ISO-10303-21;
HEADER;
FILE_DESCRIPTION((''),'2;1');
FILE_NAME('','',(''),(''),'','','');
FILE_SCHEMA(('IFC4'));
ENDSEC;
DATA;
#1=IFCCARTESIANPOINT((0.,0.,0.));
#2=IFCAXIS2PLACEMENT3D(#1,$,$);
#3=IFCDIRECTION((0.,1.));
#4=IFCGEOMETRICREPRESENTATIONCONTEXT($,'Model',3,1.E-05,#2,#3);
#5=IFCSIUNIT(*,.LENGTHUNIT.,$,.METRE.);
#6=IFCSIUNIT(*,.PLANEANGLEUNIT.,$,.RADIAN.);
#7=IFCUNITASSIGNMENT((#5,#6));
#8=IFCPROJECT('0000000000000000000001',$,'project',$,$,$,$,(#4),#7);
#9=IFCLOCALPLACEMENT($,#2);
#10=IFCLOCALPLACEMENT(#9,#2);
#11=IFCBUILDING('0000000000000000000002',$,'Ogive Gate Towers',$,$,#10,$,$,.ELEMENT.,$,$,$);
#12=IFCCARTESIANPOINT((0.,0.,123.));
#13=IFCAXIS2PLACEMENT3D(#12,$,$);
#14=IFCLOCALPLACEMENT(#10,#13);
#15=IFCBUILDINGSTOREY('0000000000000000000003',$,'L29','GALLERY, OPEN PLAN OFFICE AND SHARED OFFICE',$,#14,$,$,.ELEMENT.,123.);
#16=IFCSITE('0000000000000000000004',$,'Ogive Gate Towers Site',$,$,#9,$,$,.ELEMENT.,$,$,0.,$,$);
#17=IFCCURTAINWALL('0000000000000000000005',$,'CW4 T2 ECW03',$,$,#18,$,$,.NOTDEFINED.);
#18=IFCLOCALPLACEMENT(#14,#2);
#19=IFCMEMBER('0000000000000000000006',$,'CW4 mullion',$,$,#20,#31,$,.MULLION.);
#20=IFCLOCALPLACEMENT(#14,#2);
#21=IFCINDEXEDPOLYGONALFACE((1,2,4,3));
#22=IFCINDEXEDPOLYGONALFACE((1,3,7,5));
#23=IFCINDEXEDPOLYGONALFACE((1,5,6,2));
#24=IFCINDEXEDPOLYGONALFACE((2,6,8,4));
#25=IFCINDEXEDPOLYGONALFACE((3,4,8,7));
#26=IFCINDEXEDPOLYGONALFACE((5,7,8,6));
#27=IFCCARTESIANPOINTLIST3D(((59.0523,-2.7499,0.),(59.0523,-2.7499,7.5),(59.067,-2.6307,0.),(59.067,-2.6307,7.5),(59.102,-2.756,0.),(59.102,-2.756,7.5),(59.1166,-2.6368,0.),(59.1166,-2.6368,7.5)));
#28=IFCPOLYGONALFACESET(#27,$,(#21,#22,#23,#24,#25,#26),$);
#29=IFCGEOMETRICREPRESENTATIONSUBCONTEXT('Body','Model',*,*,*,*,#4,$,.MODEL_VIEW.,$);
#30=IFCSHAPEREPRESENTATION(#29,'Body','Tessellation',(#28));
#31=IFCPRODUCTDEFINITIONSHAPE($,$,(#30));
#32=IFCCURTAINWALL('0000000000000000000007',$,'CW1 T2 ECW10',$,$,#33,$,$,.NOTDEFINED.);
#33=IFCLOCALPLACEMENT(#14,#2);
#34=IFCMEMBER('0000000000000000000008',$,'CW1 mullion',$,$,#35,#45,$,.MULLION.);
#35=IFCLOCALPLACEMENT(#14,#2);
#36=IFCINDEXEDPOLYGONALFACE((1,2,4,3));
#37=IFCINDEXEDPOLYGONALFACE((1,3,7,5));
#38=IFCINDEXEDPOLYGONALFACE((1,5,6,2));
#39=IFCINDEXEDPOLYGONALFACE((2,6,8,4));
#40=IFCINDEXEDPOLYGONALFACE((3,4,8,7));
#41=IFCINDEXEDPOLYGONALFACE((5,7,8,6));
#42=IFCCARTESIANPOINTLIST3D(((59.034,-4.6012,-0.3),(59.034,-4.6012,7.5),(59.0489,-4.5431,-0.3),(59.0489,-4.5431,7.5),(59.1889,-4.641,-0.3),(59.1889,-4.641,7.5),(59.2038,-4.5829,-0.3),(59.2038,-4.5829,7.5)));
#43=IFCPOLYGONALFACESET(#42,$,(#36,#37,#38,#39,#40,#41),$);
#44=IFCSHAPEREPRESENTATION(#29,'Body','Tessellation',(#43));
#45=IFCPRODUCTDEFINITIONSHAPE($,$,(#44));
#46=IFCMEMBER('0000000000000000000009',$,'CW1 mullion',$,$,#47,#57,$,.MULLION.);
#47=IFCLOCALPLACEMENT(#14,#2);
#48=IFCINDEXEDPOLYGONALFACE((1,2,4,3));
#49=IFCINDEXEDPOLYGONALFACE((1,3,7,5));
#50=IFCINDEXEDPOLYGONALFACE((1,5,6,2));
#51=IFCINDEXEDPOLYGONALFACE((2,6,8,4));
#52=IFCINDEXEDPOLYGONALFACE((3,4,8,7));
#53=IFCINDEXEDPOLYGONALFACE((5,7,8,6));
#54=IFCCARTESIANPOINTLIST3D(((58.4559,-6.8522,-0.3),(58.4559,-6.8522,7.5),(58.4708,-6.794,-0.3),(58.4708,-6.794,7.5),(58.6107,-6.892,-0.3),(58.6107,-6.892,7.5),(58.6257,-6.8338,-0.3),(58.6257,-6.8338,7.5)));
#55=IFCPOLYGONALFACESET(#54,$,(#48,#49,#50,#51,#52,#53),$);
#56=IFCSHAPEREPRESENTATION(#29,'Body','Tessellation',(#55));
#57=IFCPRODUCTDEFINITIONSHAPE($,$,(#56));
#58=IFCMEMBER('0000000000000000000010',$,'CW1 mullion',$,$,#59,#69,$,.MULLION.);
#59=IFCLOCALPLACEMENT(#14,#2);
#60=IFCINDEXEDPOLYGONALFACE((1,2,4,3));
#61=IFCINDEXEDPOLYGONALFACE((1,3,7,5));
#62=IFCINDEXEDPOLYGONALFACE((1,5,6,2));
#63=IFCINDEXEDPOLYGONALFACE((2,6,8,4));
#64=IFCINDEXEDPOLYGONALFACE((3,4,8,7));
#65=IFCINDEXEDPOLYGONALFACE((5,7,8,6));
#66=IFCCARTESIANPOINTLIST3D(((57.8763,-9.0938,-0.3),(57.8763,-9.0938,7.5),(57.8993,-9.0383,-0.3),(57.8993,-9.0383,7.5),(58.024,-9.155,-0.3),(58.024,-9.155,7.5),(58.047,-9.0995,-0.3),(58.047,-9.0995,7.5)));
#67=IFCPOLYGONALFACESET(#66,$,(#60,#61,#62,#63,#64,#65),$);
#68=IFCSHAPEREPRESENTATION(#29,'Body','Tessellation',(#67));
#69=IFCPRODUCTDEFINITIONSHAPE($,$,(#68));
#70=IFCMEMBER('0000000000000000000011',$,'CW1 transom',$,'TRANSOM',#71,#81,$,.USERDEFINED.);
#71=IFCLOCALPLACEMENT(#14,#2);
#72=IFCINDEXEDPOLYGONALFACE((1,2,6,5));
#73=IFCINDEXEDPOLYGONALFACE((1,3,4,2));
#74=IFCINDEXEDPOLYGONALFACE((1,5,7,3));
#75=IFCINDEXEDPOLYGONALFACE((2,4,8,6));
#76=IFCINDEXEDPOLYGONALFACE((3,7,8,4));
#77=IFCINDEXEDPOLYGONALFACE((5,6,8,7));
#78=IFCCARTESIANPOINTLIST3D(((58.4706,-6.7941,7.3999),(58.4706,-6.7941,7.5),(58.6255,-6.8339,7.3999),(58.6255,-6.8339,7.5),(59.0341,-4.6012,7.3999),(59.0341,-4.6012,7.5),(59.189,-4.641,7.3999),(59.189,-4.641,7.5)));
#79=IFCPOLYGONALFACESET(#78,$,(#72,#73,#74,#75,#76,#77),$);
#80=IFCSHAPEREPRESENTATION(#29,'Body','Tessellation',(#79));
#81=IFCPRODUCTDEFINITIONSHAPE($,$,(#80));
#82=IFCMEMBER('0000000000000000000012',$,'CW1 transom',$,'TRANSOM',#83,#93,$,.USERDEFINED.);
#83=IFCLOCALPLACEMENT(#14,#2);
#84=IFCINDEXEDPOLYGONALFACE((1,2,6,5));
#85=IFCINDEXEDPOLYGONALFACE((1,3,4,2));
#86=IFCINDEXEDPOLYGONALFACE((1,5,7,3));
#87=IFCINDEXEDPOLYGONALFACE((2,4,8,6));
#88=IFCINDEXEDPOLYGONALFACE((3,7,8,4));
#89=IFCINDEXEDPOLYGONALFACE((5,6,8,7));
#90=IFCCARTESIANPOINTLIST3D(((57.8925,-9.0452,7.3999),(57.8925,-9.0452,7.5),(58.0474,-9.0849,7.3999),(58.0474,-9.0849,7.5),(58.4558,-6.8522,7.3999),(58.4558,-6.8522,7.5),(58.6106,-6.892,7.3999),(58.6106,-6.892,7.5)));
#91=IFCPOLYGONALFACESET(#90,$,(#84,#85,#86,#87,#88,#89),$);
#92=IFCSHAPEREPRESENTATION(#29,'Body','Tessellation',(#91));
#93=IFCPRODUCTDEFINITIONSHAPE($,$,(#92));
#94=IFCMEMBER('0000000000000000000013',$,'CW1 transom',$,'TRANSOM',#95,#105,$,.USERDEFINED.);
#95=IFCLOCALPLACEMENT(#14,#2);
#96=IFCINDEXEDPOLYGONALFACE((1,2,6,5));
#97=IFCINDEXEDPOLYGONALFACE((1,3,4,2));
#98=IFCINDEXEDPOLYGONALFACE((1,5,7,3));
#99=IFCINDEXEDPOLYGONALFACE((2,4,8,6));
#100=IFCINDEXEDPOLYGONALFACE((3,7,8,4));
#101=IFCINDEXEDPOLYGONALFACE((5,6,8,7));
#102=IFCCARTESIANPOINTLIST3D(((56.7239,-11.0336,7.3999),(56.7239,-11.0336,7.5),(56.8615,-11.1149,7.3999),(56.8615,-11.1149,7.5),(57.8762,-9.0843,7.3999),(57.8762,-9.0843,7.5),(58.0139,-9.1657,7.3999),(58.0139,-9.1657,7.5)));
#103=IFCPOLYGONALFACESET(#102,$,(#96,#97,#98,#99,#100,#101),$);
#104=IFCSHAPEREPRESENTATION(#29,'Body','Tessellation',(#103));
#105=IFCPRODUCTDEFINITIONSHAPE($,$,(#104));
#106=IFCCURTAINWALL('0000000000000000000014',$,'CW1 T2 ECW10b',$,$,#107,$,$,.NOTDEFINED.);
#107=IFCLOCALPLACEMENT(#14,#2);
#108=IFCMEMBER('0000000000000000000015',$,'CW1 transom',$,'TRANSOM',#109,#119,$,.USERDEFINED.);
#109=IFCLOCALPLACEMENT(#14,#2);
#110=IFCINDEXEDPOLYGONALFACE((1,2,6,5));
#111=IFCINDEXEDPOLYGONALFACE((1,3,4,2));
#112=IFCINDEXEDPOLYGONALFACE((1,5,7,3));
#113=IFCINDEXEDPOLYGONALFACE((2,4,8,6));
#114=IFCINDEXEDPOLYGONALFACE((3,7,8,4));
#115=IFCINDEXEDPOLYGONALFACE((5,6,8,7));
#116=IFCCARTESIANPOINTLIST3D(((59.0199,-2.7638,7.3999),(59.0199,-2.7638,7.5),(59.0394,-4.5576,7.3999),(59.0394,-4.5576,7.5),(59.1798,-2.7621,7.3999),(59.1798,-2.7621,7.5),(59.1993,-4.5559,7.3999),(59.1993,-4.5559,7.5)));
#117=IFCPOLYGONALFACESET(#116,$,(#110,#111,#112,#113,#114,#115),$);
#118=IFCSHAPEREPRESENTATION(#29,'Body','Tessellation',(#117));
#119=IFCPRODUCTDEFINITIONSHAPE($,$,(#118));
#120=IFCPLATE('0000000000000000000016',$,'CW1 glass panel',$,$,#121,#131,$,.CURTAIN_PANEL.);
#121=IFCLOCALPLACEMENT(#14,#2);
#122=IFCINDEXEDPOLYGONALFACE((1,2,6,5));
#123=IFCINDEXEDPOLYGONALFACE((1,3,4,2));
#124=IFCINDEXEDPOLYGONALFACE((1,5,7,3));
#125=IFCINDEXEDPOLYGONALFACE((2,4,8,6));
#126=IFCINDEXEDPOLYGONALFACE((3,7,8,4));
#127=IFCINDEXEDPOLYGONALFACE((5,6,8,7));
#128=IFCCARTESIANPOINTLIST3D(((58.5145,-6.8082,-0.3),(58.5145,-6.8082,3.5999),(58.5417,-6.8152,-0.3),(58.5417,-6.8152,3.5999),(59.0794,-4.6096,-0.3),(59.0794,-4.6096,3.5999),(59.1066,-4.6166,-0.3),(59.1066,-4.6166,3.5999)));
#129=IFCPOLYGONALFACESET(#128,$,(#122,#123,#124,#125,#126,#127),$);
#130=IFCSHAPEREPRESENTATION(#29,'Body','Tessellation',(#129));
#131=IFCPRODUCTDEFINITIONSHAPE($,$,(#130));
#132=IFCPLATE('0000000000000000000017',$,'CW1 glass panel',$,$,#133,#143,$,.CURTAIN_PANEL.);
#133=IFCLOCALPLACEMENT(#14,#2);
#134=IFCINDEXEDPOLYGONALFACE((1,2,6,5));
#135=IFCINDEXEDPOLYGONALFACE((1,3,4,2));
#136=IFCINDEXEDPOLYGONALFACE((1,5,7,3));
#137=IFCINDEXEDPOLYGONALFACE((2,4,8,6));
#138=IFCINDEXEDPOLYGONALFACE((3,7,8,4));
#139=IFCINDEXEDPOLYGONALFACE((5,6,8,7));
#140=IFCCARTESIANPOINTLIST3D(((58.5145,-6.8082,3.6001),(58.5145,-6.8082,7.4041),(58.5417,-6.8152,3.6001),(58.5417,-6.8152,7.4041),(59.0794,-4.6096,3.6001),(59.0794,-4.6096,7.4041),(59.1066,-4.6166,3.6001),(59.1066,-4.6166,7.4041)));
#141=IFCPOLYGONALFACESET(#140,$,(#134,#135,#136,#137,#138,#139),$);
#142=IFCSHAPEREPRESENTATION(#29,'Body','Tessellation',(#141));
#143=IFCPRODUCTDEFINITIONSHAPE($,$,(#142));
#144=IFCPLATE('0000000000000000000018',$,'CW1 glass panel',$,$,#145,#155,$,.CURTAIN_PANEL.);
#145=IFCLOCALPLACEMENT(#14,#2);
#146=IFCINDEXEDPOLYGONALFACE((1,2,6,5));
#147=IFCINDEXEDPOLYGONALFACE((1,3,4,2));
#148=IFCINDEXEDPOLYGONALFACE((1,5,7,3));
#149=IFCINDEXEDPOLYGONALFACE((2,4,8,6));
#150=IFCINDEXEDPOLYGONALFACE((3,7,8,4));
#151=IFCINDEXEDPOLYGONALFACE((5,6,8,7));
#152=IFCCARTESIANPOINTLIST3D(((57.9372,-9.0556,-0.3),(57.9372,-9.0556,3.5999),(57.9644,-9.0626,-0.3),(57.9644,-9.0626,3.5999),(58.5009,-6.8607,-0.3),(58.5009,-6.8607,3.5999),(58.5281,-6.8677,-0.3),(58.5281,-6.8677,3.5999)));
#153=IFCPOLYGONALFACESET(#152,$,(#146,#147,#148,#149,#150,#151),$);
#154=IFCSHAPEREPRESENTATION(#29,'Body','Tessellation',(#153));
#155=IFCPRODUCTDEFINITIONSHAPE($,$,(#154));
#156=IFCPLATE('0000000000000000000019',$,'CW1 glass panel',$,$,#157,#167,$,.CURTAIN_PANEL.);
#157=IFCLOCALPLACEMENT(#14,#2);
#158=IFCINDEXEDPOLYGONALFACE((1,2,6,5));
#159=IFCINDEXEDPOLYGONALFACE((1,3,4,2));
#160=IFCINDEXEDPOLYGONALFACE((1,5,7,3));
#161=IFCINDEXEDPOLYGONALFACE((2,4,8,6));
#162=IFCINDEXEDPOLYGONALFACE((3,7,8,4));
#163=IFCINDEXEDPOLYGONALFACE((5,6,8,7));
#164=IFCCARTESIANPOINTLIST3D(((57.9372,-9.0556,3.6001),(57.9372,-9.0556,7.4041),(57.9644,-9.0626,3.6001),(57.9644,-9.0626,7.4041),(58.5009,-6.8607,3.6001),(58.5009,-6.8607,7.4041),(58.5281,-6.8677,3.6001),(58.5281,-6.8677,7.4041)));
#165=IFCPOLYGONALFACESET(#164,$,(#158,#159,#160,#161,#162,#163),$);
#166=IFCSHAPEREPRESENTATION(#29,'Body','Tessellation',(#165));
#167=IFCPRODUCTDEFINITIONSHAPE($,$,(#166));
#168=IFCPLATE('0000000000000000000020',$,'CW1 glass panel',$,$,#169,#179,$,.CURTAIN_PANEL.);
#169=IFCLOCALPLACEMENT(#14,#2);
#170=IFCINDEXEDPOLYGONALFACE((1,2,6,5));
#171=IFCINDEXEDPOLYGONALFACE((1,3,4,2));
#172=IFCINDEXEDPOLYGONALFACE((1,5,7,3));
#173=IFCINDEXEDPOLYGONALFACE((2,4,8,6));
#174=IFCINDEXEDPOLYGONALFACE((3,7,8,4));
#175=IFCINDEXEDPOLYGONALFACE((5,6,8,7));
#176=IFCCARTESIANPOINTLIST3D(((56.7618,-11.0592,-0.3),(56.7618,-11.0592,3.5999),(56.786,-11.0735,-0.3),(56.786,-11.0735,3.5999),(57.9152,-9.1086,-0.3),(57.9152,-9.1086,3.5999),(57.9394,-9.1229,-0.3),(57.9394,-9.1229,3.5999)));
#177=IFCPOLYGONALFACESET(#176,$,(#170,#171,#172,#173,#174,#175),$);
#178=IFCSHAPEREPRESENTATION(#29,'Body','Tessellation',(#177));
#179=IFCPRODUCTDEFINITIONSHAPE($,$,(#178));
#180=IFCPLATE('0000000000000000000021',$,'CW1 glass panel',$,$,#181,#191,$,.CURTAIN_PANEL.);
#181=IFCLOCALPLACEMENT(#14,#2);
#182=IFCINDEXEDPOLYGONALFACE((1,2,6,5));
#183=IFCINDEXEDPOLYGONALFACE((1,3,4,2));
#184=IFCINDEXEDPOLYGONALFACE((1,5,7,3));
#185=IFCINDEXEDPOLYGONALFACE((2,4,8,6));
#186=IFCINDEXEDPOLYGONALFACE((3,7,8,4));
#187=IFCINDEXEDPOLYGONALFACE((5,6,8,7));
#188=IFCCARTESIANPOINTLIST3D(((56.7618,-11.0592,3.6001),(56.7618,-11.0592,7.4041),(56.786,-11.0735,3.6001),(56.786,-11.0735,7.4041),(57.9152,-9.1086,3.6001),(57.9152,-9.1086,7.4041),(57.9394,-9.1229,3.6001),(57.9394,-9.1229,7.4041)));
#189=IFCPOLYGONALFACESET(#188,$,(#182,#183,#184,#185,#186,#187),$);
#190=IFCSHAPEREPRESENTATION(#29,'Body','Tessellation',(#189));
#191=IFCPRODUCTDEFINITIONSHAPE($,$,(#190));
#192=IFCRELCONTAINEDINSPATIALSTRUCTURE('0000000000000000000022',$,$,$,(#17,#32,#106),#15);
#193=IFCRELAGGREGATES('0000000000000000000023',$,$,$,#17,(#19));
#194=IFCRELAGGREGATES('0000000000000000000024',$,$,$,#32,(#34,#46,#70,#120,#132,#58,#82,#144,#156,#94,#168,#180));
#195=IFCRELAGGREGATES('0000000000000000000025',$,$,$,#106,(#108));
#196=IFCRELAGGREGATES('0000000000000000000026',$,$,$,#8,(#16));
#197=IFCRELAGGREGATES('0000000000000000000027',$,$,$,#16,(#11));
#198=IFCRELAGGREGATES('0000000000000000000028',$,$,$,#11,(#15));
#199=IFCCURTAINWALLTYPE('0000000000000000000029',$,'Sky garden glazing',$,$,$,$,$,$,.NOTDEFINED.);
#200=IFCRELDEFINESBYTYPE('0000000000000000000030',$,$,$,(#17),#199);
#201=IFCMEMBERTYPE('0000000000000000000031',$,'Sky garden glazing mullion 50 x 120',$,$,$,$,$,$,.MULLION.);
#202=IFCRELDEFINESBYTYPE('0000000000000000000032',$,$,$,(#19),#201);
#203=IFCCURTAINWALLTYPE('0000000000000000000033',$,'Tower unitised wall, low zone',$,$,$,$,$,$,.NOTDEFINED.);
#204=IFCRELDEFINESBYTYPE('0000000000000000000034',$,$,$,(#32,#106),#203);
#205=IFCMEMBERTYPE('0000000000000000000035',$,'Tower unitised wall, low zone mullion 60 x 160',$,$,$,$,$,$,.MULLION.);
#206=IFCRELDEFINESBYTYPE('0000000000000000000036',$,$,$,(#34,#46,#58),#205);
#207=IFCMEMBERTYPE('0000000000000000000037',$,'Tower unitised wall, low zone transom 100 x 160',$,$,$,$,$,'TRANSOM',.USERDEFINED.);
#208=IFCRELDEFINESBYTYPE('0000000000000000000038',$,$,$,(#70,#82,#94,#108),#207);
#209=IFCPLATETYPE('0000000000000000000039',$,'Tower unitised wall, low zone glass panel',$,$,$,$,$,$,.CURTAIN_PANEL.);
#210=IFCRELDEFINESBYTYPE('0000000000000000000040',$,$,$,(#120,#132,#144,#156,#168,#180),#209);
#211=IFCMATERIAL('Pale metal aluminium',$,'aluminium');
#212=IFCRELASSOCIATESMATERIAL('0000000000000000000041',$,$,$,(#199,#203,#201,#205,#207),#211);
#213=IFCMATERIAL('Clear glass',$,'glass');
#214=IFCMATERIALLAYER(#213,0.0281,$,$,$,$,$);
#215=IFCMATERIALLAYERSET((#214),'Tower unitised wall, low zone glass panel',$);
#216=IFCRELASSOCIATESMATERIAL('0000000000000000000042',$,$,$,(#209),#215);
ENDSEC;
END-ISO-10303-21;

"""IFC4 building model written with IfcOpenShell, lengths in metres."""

from ifc_helpers import new_model, si_unit, direction, frame, origin, origin_2d, place, context, subcontext, project, spatial, rectangle, extrude, material, layer, layer_set, material_profile, profile_set, type_object, element, aggregate, save


model = new_model("IFC4")

# Units and contexts
model_context = context("Model", 3, precision=1e-05, world=origin(), true_north=direction((0.0, 1.0)))
body_context = subcontext(model_context, "Body", "Model", "MODEL_VIEW")
ifc_project = project(units=[si_unit("LENGTHUNIT", "METRE"), si_unit("PLANEANGLEUNIT", "RADIAN")], contexts=[model_context])

# Site, building, storey
site_placement = place(None, origin())
site = spatial("IfcSite", under=ifc_project, at=site_placement, Name="Ogive Gate Towers Site", CompositionType="ELEMENT", RefElevation=0.0)
building_placement = place(site_placement, origin())
building = spatial("IfcBuilding", under=site, at=building_placement, Name="Ogive Gate Towers", CompositionType="ELEMENT")
storey_placement = place(building_placement, frame((0.0, 0.0, 123.0)))
storey = spatial("IfcBuildingStorey", under=building, at=storey_placement, Name="L29", Description="GALLERY, OPEN PLAN OFFICE AND SHARED OFFICE", CompositionType="ELEMENT", Elevation=123.0)

# Curtain wall, member
ifc_material_1 = material(Name="Pale metal aluminium", Category="aluminium")
curtain_wall_type_1 = type_object("IfcCurtainWallType", Name="Sky garden glazing", PredefinedType="NOTDEFINED", material=ifc_material_1)
curtain_wall_1_placement = place(storey_placement, origin())
curtain_wall_1 = element("IfcCurtainWall", 1, at=curtain_wall_1_placement, inside=storey, type_object=curtain_wall_type_1, Name="CW4 T2 ECW03", PredefinedType="NOTDEFINED")
ifc_material_profile_1 = material_profile(ifc_material_1, rectangle(XDim=0.1201, YDim=0.05, at=origin_2d()), Name="50 x 120 aluminium box")
ifc_profile_set_1 = profile_set([ifc_material_profile_1], Name="Pale metal aluminium")
member_type_1 = type_object("IfcMemberType", Name="Sky garden glazing mullion 50 x 120", PredefinedType="MULLION", material=ifc_profile_set_1)
member_1_placement = place(storey_placement, frame((59.0845, -2.6934, 0.0), z_axis=(0.0, 0.0, 1.0), x_axis=(-0.121887, -0.992544, 0.0)))
member_1 = element("IfcMember", 2, at=member_1_placement, type_object=member_type_1, Name="CW4 mullion", PredefinedType="MULLION", context=body_context, shape_type="SweptSolid", body=[
    extrude(rectangle(XDim=0.1201, YDim=0.05, at=origin_2d()), origin(), (0.0, 0.0, 1.0), 7.5),
])
aggregate(curtain_wall_1, [member_1])

# Curtain wall, members
curtain_wall_type_2 = type_object("IfcCurtainWallType", Name="Tower unitised wall, low zone", PredefinedType="NOTDEFINED", material=ifc_material_1)
curtain_wall_2_placement = place(storey_placement, origin())
curtain_wall_2 = element("IfcCurtainWall", 3, at=curtain_wall_2_placement, inside=storey, type_object=curtain_wall_type_2, Name="CW1 T2 ECW10", PredefinedType="NOTDEFINED")
ifc_material_profile_2 = material_profile(ifc_material_1, rectangle(XDim=0.1599, YDim=0.0601, at=origin_2d()), Name="60 x 160 aluminium box")
ifc_profile_set_2 = profile_set([ifc_material_profile_2], Name="Pale metal aluminium")
member_type_2 = type_object("IfcMemberType", Name="Tower unitised wall, low zone mullion 60 x 160", PredefinedType="MULLION", material=ifc_profile_set_2)
member_2_placement = place(storey_placement, frame((59.1189, -4.592, -0.3), z_axis=(0.0, 0.0, 1.0), x_axis=(-0.968548, 0.248825, 0.0)))
member_2 = element("IfcMember", 4, at=member_2_placement, type_object=member_type_2, Name="CW1 mullion", PredefinedType="MULLION", context=body_context, shape_type="SweptSolid", body=[
    extrude(rectangle(XDim=0.1599, YDim=0.0601, at=origin_2d()), origin(), (0.0, 0.0, 1.0), 7.8),
])
member_3_placement = place(storey_placement, frame((58.5408, -6.843, -0.3), z_axis=(0.0, 0.0, 1.0), x_axis=(-0.968553, 0.248808, 0.0)))
member_3 = element("IfcMember", 5, at=member_3_placement, type_object=member_type_2, Name="CW1 mullion", PredefinedType="MULLION", context=body_context, shape_type="SweptSolid", body=[
    extrude(rectangle(XDim=0.1599, YDim=0.0601, at=origin_2d()), origin(), (0.0, 0.0, 1.0), 7.8),
])
member_4_placement = place(storey_placement, frame((57.9617, -9.0967, -0.3), z_axis=(0.0, 0.0, 1.0), x_axis=(-0.92388, 0.382683, 0.0)))
member_4 = element("IfcMember", 6, at=member_4_placement, type_object=member_type_2, Name="CW1 mullion", PredefinedType="MULLION", context=body_context, shape_type="SweptSolid", body=[
    extrude(rectangle(XDim=0.1599, YDim=0.0601, at=origin_2d()), origin(), (0.0, 0.0, 1.0), 7.8),
])
ifc_material_profile_3 = material_profile(ifc_material_1, rectangle(XDim=0.1599, YDim=0.1001, at=origin_2d()), Name="100 x 160 aluminium box")
ifc_profile_set_3 = profile_set([ifc_material_profile_3], Name="Pale metal aluminium")
member_type_3 = type_object("IfcMemberType", Name="Tower unitised wall, low zone transom 100 x 160", ElementType="TRANSOM", PredefinedType="USERDEFINED", material=ifc_profile_set_3)
member_5_placement = place(storey_placement, frame((59.1116, -4.6211, 7.45), z_axis=(-0.248873, -0.968536, 0.0), x_axis=(0.968536, -0.248873, 0.0)))
member_5 = element("IfcMember", 7, at=member_5_placement, type_object=member_type_3, Name="CW1 transom", ObjectType="TRANSOM", PredefinedType="USERDEFINED", context=body_context, shape_type="SweptSolid", body=[
    extrude(rectangle(XDim=0.1599, YDim=0.1001, at=origin_2d()), origin(), (0.0, 0.0, 1.0), 2.2642),
])
member_6_placement = place(storey_placement, frame((58.5332, -6.8721, 7.45), z_axis=(-0.248772, -0.968562, 0.0), x_axis=(0.968562, -0.248772, 0.0)))
member_6 = element("IfcMember", 8, at=member_6_placement, type_object=member_type_3, Name="CW1 transom", ObjectType="TRANSOM", PredefinedType="USERDEFINED", context=body_context, shape_type="SweptSolid", body=[
    extrude(rectangle(XDim=0.1599, YDim=0.1001, at=origin_2d()), origin(), (0.0, 0.0, 1.0), 2.2642),
])
member_7_placement = place(storey_placement, frame((57.9451, -9.125, 7.45), z_axis=(-0.508904, -0.860823, 0.0), x_axis=(0.860823, -0.508904, 0.0)))
member_7 = element("IfcMember", 9, at=member_7_placement, type_object=member_type_3, Name="CW1 transom", ObjectType="TRANSOM", PredefinedType="USERDEFINED", context=body_context, shape_type="SweptSolid", body=[
    extrude(rectangle(XDim=0.1599, YDim=0.1001, at=origin_2d()), origin(), (0.0, 0.0, 1.0), 2.2644),
])

# Curtain wall, member
curtain_wall_3_placement = place(storey_placement, origin())
curtain_wall_3 = element("IfcCurtainWall", 10, at=curtain_wall_3_placement, inside=storey, type_object=curtain_wall_type_2, Name="CW1 T2 ECW10b", PredefinedType="NOTDEFINED")
member_8_placement = place(storey_placement, frame((59.0999, -2.7629, 7.45), z_axis=(0.010887, -0.999941, 0.0), x_axis=(0.999941, 0.010887, 0.0)))
member_8 = element("IfcMember", 11, at=member_8_placement, type_object=member_type_3, Name="CW1 transom", ObjectType="TRANSOM", PredefinedType="USERDEFINED", context=body_context, shape_type="SweptSolid", body=[
    extrude(rectangle(XDim=0.1599, YDim=0.1001, at=origin_2d()), origin(), (0.0, 0.0, 1.0), 1.7939),
])

# Plates
ifc_material_2 = material(Name="Clear glass", Category="glass")
ifc_layer_1 = layer(ifc_material_2, 0.0281)
ifc_layer_set_1 = layer_set([ifc_layer_1], Name="Tower unitised wall, low zone glass panel")
plate_type = type_object("IfcPlateType", Name="Tower unitised wall, low zone glass panel", PredefinedType="CURTAIN_PANEL", material=ifc_layer_set_1)
plate_1_placement = place(storey_placement, frame((58.8105, -5.7124, -0.3), z_axis=(0.0, 0.0, 1.0), x_axis=(-0.248825, -0.968548, 0.0)))
plate_1 = element("IfcPlate", 12, at=plate_1_placement, type_object=plate_type, Name="CW1 glass panel", PredefinedType="CURTAIN_PANEL", context=body_context, shape_type="SweptSolid", body=[
    extrude(rectangle(XDim=2.27, YDim=0.0281, at=origin_2d()), origin(), (0.0, 0.0, 1.0), 3.8999),
])
plate_2_placement = place(storey_placement, frame((58.8105, -5.7124, 3.6001), z_axis=(0.0, 0.0, 1.0), x_axis=(-0.248825, -0.968548, 0.0)))
plate_2 = element("IfcPlate", 13, at=plate_2_placement, type_object=plate_type, Name="CW1 glass panel", PredefinedType="CURTAIN_PANEL", context=body_context, shape_type="SweptSolid", body=[
    extrude(rectangle(XDim=2.27, YDim=0.0281, at=origin_2d()), origin(), (0.0, 0.0, 1.0), 3.804),
])
plate_3_placement = place(storey_placement, frame((58.2327, -7.9617, -0.3), z_axis=(0.0, 0.0, 1.0), x_axis=(-0.248774, -0.968561, 0.0)))
plate_3 = element("IfcPlate", 14, at=plate_3_placement, type_object=plate_type, Name="CW1 glass panel", PredefinedType="CURTAIN_PANEL", context=body_context, shape_type="SweptSolid", body=[
    extrude(rectangle(XDim=2.2661, YDim=0.0281, at=origin_2d()), origin(), (0.0, 0.0, 1.0), 3.8999),
])
plate_4_placement = place(storey_placement, frame((58.2327, -7.9617, 3.6001), z_axis=(0.0, 0.0, 1.0), x_axis=(-0.248774, -0.968561, 0.0)))
plate_4 = element("IfcPlate", 15, at=plate_4_placement, type_object=plate_type, Name="CW1 glass panel", PredefinedType="CURTAIN_PANEL", context=body_context, shape_type="SweptSolid", body=[
    extrude(rectangle(XDim=2.2661, YDim=0.0281, at=origin_2d()), origin(), (0.0, 0.0, 1.0), 3.804),
])
plate_5_placement = place(storey_placement, frame((57.3506, -10.0911, -0.3), z_axis=(0.0, 0.0, 1.0), x_axis=(-0.508966, -0.860786, 0.0)))
plate_5 = element("IfcPlate", 16, at=plate_5_placement, type_object=plate_type, Name="CW1 glass panel", PredefinedType="CURTAIN_PANEL", context=body_context, shape_type="SweptSolid", body=[
    extrude(rectangle(XDim=2.2661, YDim=0.0281, at=origin_2d()), origin(), (0.0, 0.0, 1.0), 3.8999),
])
plate_6_placement = place(storey_placement, frame((57.3506, -10.0911, 3.6001), z_axis=(0.0, 0.0, 1.0), x_axis=(-0.508966, -0.860786, 0.0)))
plate_6 = element("IfcPlate", 17, at=plate_6_placement, type_object=plate_type, Name="CW1 glass panel", PredefinedType="CURTAIN_PANEL", context=body_context, shape_type="SweptSolid", body=[
    extrude(rectangle(XDim=2.2661, YDim=0.0281, at=origin_2d()), origin(), (0.0, 0.0, 1.0), 3.804),
])
aggregate(curtain_wall_2, [member_2, member_3, member_5, plate_1, plate_2, member_4, member_6, plate_3, plate_4, member_7, plate_5, plate_6])
aggregate(curtain_wall_3, [member_8])

save(model, "model.ifc")
